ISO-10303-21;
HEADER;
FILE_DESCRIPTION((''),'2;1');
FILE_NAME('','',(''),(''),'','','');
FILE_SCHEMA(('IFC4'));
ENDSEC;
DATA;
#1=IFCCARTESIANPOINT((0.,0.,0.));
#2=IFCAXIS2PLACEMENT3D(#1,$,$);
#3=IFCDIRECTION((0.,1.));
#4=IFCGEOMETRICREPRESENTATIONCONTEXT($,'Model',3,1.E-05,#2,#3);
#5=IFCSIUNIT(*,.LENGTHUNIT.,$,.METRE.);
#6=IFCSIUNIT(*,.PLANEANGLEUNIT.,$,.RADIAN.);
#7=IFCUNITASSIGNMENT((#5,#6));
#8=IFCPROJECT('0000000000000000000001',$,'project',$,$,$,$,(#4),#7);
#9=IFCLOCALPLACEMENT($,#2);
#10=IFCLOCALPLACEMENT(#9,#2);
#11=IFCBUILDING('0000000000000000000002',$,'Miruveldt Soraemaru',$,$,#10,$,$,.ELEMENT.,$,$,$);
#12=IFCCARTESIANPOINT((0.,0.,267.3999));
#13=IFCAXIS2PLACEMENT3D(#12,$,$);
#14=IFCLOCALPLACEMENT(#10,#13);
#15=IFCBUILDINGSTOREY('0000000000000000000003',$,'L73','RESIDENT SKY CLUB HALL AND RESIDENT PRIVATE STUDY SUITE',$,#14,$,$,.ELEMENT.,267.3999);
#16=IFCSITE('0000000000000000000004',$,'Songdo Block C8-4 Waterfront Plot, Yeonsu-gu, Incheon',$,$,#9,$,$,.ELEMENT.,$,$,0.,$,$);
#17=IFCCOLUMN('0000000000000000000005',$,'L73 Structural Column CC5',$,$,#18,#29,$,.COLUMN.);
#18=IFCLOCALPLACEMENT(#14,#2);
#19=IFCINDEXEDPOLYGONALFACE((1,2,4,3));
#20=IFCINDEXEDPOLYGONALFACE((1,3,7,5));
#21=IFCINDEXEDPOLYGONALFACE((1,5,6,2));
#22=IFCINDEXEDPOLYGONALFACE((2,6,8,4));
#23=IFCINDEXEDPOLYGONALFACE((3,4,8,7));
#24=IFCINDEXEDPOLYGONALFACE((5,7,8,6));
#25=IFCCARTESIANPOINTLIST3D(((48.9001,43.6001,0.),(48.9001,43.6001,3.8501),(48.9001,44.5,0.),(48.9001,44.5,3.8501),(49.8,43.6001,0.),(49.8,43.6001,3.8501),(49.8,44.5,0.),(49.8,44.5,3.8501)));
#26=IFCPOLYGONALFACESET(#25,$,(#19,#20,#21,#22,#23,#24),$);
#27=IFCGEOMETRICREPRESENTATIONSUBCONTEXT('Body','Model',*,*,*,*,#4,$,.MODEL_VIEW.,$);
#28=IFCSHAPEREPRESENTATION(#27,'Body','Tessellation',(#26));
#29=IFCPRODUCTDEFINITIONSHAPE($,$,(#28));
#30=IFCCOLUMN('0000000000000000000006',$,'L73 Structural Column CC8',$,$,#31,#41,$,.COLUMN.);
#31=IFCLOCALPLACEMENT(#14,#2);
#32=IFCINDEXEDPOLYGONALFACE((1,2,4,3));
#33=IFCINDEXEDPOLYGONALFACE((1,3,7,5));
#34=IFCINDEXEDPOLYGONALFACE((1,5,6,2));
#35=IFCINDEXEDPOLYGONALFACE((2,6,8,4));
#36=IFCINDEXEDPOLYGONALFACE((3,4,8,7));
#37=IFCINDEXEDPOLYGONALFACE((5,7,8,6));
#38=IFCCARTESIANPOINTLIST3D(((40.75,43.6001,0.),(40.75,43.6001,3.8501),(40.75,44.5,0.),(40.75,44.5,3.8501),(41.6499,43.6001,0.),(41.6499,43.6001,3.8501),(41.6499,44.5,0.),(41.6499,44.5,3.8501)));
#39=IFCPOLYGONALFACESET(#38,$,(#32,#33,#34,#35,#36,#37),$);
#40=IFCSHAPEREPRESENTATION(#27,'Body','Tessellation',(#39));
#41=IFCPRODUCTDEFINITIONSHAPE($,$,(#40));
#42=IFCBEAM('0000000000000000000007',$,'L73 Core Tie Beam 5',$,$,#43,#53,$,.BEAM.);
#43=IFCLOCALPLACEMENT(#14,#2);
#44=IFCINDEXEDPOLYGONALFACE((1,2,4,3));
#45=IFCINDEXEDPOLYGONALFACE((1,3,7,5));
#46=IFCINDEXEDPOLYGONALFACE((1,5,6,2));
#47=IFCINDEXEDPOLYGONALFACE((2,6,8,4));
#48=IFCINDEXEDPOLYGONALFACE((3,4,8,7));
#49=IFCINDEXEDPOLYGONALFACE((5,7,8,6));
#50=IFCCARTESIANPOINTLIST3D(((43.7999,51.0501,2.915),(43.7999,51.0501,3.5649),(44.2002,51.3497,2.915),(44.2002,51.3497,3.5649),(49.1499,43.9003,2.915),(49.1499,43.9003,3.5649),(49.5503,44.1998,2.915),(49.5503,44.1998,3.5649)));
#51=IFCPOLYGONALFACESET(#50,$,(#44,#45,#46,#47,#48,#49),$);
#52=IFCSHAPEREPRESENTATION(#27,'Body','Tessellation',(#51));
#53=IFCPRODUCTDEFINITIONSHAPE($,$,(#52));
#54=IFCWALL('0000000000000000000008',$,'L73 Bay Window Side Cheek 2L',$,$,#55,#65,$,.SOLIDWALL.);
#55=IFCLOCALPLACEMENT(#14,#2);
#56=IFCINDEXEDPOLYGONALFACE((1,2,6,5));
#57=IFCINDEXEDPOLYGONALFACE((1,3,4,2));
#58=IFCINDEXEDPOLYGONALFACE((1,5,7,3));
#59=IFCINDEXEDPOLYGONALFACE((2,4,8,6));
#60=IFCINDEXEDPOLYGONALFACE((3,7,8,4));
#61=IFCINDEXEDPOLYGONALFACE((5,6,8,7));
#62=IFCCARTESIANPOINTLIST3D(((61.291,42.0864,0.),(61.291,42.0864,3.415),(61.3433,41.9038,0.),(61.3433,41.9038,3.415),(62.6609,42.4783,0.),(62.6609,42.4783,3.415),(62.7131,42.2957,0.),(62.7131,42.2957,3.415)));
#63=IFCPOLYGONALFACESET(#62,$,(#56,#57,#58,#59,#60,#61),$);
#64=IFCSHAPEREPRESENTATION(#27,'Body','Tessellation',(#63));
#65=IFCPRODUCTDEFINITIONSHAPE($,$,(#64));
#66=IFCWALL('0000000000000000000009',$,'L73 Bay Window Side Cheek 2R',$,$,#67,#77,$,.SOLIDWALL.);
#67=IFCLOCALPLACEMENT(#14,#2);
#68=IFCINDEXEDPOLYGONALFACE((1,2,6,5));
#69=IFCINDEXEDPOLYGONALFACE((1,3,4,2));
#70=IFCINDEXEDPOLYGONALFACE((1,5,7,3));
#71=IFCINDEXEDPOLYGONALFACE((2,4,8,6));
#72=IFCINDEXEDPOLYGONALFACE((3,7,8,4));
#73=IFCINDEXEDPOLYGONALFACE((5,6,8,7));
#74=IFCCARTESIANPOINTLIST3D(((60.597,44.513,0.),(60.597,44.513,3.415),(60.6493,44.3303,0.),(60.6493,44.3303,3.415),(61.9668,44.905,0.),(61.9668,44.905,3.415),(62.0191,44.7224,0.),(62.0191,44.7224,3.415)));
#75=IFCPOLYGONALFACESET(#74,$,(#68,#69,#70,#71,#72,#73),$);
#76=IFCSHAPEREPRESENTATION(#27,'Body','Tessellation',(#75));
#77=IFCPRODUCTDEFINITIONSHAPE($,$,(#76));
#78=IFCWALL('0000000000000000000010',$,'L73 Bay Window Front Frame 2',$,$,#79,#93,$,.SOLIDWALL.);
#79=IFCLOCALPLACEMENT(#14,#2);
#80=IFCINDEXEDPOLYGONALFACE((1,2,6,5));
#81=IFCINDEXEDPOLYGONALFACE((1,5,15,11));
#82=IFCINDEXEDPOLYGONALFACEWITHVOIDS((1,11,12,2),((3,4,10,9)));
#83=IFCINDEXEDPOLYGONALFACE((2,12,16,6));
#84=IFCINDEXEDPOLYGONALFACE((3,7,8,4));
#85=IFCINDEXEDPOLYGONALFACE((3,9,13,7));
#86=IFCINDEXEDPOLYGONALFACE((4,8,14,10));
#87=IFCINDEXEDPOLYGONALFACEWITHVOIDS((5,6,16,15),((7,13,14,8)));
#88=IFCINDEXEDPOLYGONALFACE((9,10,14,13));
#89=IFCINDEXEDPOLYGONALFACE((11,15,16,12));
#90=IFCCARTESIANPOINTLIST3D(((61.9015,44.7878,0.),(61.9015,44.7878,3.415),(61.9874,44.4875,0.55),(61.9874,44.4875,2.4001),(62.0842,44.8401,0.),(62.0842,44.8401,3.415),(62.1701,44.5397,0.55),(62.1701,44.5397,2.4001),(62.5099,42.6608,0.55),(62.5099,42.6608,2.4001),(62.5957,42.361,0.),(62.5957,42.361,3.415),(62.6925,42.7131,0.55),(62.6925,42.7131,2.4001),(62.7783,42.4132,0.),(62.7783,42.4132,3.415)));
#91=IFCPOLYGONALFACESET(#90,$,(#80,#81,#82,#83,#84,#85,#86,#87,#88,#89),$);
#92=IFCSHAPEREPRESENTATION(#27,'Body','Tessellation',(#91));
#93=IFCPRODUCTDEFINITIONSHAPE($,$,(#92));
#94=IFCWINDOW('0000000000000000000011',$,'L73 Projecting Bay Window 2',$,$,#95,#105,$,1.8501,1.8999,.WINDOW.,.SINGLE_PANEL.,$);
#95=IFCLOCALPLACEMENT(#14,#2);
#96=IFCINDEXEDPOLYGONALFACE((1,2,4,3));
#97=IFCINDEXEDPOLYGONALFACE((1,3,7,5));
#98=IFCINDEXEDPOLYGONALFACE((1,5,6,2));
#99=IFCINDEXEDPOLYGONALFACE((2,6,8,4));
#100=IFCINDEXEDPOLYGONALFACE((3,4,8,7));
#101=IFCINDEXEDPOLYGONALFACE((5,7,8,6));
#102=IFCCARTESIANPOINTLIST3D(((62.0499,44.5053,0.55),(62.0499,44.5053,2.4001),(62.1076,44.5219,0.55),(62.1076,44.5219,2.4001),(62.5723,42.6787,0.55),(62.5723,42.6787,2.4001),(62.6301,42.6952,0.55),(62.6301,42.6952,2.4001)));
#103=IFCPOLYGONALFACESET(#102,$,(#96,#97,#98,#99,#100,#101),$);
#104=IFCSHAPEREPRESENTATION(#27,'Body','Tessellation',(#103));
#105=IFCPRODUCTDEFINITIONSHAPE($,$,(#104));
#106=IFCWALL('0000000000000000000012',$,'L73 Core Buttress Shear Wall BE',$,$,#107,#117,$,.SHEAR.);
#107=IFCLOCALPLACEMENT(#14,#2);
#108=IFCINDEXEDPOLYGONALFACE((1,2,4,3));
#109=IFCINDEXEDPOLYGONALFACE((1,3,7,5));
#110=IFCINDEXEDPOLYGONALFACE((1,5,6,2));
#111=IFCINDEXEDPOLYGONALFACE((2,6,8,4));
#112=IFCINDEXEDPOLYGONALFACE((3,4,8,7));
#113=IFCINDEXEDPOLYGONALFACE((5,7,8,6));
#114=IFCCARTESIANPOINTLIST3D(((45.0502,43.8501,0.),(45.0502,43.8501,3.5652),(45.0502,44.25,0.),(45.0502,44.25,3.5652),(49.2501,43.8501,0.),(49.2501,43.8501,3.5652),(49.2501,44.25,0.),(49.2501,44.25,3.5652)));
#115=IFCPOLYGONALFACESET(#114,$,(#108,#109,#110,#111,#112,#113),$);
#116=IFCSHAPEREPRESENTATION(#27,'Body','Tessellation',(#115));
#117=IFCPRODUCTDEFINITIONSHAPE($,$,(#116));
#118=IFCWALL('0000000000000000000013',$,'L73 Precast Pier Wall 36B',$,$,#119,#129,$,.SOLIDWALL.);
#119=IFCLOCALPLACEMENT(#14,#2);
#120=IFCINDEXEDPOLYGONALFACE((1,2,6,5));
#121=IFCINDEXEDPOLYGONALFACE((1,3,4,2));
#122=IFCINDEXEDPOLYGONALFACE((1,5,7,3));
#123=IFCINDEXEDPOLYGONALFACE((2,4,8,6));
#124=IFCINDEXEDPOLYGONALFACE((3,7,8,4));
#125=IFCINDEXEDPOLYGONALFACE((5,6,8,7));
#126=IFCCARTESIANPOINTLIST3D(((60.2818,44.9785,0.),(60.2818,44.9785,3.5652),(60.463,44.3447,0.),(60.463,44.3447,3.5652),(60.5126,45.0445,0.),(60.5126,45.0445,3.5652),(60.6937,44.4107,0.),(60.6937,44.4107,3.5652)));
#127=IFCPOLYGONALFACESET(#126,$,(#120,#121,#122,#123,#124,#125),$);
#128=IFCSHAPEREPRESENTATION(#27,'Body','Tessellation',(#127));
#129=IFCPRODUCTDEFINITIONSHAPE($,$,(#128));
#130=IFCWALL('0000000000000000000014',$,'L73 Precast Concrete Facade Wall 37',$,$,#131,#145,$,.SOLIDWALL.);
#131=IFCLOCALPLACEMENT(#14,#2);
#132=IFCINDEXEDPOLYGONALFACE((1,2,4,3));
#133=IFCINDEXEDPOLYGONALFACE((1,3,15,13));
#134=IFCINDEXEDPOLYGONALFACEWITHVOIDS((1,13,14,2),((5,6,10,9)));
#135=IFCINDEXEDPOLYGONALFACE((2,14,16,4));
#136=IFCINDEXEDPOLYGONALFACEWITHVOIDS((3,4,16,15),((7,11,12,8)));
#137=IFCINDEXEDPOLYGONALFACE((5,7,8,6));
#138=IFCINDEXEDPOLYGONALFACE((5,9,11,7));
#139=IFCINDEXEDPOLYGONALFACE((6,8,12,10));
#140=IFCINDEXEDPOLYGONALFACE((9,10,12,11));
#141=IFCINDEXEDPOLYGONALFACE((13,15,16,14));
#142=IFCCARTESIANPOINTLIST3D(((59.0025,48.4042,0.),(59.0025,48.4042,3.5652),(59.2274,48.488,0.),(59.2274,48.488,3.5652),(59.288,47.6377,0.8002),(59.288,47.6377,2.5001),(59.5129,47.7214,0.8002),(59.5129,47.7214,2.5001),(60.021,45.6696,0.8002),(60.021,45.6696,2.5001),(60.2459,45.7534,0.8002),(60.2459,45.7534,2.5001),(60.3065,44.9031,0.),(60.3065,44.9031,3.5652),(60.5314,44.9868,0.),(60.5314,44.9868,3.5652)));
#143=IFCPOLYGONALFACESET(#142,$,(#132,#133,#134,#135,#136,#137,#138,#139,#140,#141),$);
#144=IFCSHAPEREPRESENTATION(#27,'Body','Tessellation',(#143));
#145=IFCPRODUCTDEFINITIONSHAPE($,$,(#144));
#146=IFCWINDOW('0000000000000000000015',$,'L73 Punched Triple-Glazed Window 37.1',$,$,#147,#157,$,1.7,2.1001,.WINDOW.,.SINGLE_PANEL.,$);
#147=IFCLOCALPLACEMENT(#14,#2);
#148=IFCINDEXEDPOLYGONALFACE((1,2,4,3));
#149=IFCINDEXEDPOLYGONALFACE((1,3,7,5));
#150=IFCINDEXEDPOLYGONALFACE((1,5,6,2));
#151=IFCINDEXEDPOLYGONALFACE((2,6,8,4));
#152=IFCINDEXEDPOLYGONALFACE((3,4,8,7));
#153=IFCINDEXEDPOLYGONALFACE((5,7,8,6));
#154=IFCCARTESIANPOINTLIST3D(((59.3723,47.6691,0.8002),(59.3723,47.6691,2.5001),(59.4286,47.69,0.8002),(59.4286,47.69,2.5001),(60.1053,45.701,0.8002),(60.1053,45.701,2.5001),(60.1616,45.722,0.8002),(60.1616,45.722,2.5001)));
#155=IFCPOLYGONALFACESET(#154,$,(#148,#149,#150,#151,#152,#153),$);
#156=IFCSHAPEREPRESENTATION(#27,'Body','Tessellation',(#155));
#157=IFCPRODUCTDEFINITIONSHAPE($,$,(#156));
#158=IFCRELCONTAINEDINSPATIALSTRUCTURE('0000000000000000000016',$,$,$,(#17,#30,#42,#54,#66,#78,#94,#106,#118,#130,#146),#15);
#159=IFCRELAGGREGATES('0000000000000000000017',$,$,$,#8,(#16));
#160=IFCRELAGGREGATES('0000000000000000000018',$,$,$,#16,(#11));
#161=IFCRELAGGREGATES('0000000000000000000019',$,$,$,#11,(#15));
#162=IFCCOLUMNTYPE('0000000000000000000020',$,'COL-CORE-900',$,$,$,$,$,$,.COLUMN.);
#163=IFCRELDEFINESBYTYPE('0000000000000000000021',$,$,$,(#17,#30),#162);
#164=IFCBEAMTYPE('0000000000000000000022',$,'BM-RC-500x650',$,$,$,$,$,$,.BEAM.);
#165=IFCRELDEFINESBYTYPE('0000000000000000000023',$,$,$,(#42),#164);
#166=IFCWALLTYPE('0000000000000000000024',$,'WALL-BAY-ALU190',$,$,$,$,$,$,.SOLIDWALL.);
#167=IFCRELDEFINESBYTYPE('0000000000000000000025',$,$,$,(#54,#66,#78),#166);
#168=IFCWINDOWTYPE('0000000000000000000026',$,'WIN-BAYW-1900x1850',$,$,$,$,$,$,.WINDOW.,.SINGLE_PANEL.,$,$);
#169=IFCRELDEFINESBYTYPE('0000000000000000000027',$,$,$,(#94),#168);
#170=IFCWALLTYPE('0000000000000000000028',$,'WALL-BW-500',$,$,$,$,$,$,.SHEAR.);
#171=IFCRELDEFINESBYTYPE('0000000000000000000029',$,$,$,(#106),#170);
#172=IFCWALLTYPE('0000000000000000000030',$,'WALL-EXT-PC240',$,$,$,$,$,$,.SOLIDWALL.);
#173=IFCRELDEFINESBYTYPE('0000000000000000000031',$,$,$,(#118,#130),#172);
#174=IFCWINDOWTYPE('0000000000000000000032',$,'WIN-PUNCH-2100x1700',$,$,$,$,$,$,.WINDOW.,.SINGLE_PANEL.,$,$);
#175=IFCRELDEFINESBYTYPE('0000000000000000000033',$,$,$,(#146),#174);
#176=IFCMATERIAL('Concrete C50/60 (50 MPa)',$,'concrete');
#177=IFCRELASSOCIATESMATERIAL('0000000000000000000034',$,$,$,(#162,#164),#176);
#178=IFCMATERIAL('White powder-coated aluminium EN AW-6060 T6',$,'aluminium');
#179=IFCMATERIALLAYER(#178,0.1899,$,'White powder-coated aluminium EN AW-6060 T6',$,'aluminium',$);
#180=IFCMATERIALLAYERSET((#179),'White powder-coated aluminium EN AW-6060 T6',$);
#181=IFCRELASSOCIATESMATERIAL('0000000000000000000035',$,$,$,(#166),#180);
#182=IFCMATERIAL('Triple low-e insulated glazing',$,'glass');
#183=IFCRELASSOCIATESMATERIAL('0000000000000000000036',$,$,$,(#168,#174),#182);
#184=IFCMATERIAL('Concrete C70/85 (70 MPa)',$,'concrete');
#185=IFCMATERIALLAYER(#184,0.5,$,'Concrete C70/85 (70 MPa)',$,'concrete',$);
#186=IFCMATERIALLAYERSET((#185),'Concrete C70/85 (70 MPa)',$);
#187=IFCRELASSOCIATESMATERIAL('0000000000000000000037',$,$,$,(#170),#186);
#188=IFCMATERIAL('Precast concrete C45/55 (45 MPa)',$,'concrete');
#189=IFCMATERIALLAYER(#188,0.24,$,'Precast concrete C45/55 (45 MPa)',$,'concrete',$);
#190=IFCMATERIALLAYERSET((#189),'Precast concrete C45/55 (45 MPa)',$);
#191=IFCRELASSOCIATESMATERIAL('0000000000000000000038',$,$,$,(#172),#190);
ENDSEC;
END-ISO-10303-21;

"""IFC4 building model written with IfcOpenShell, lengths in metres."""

from ifc_helpers import new_model, si_unit, direction, frame, frame_2d, origin, origin_2d, place, context, subcontext, project, spatial, rectangle, extrude, material, layer, layer_set, material_profile, profile_set, type_object, element, fill, save


model = new_model("IFC4")

# Units and contexts
model_context = context("Model", 3, precision=1e-05, world=origin(), true_north=direction((0.0, 1.0)))
body_context = subcontext(model_context, "Body", "Model", "MODEL_VIEW")
ifc_project = project(units=[si_unit("LENGTHUNIT", "METRE"), si_unit("PLANEANGLEUNIT", "RADIAN")], contexts=[model_context])

# Site, building, storey
site_placement = place(None, origin())
site = spatial("IfcSite", under=ifc_project, at=site_placement, Name="Songdo Block C8-4 Waterfront Plot, Yeonsu-gu, Incheon", CompositionType="ELEMENT", RefElevation=0.0)
building_placement = place(site_placement, origin())
building = spatial("IfcBuilding", under=site, at=building_placement, Name="Miruveldt Soraemaru", CompositionType="ELEMENT")
storey_placement = place(building_placement, frame((0.0, 0.0, 267.3999)))
storey = spatial("IfcBuildingStorey", under=building, at=storey_placement, Name="L73", Description="RESIDENT SKY CLUB HALL AND RESIDENT PRIVATE STUDY SUITE", CompositionType="ELEMENT", Elevation=267.3999)

# Columns
ifc_material_1 = material(Name="Concrete C50/60 (50 MPa)", Category="concrete")
ifc_material_profile_1 = material_profile(ifc_material_1, rectangle(XDim=0.8999, YDim=0.8999, at=origin_2d()), Name="Concrete C50/60 (50 MPa)", Category="concrete")
ifc_profile_set_1 = profile_set([ifc_material_profile_1], Name="Concrete C50/60 (50 MPa)")
column_type = type_object("IfcColumnType", Name="COL-CORE-900", PredefinedType="COLUMN", material=ifc_profile_set_1)
for number, where, z_axis, x_axis, name in (
    (1, (49.3501, 44.05, 0.0), (0.0, 0.0, 1.0), (1.0, 0.0, 0.0), "L73 Structural Column CC5"),
    (2, (41.2, 44.05, 0.0), (0.0, 0.0, 1.0), (1.0, 0.0, 0.0), "L73 Structural Column CC8"),
):
    element("IfcColumn", number, at=place(storey_placement, frame(where, z_axis=z_axis, x_axis=x_axis)), inside=storey, type_object=column_type, Name=name, PredefinedType="COLUMN", context=body_context, shape_type="SweptSolid", body=[
        extrude(rectangle(XDim=0.8999, YDim=0.8999, at=origin_2d()), origin(), (0.0, 0.0, 1.0), 3.8501),
    ])

# Beam
ifc_material_profile_2 = material_profile(ifc_material_1, rectangle(XDim=0.5, YDim=0.6499, at=origin_2d()), Name="Concrete C50/60 (50 MPa)", Category="concrete")
ifc_profile_set_2 = profile_set([ifc_material_profile_2], Name="Concrete C50/60 (50 MPa)")
beam_type = type_object("IfcBeamType", Name="BM-RC-500x650", PredefinedType="BEAM", material=ifc_profile_set_2)
beam_placement = place(storey_placement, frame((49.3501, 44.05, 3.24), z_axis=(-0.599116, 0.800662, 0.0), x_axis=(-0.800662, -0.599116, 0.0)))
element("IfcBeam", 3, at=beam_placement, inside=storey, type_object=beam_type, Name="L73 Core Tie Beam 5", PredefinedType="BEAM", context=body_context, shape_type="SweptSolid", body=[
    extrude(rectangle(XDim=0.5, YDim=0.6499, at=origin_2d()), origin(), (0.0, 0.0, 1.0), 8.9299),
])

# Walls
ifc_material_2 = material(Name="White powder-coated aluminium EN AW-6060 T6", Category="aluminium")
ifc_layer_1 = layer(ifc_material_2, 0.1899, Name="White powder-coated aluminium EN AW-6060 T6", Category="aluminium")
ifc_layer_set_1 = layer_set([ifc_layer_1], Name="White powder-coated aluminium EN AW-6060 T6")
wall_type_1 = type_object("IfcWallType", Name="WALL-BAY-ALU190", PredefinedType="SOLIDWALL", material=ifc_layer_set_1)
for number, where, z_axis, x_axis, name in (
    (4, (61.3171, 41.9951, 0.0), (0.0, 0.0, 1.0), (0.96144, 0.275015, 0.0), "L73 Bay Window Side Cheek 2L"),
    (5, (61.9929, 44.8137, 0.0), (0.0, 0.0, 1.0), (-0.961395, -0.275174, 0.0), "L73 Bay Window Side Cheek 2R"),
):
    element("IfcWall", number, at=place(storey_placement, frame(where, z_axis=z_axis, x_axis=x_axis)), inside=storey, type_object=wall_type_1, Name=name, PredefinedType="SOLIDWALL", context=body_context, shape_type="SweptSolid", body=[
        extrude(rectangle(XDim=1.4248, YDim=0.1899, at=frame_2d((0.7124, 0.0))), origin(), (0.0, 0.0, 1.0), 3.415),
    ])

# Wall, opening, window
wall_1_placement = place(storey_placement, frame((62.687, 42.387, 0.0), z_axis=(0.0, 0.0, 1.0), x_axis=(-0.274989, 0.961447, 0.0)))
wall_1 = element("IfcWall", 6, at=wall_1_placement, inside=storey, type_object=wall_type_1, Name="L73 Bay Window Front Frame 2", PredefinedType="SOLIDWALL", context=body_context, shape_type="SweptSolid", body=[
    extrude(rectangle(XDim=2.5242, YDim=0.1899, at=frame_2d((1.2622, 0.0))), origin(), (0.0, 0.0, 1.0), 3.415),
])
opening_1_placement = place(wall_1_placement, frame((0.312, 0.0, 0.55)))
opening_1 = element("IfcOpeningElement", 7, at=opening_1_placement, cuts=wall_1, PredefinedType="OPENING", context=body_context, shape_type="SweptSolid", body=[
    extrude(rectangle(XDim=1.8999, YDim=1.8501, at=frame_2d((0.95, 0.925))), frame((0.0, 0.105, 0.0), z_axis=(0.0, -1.0, 0.0), x_axis=(1.0, 0.0, 0.0)), (0.0, 0.0, 1.0), 0.21),
])
ifc_material_3 = material(Name="Triple low-e insulated glazing", Category="glass")
window_type_1 = type_object("IfcWindowType", Name="WIN-BAYW-1900x1850", PartitioningType="SINGLE_PANEL", PredefinedType="WINDOW", material=ifc_material_3)
window_1_placement = place(opening_1_placement, origin())
window_1 = element("IfcWindow", 8, at=window_1_placement, inside=storey, type_object=window_type_1, Name="L73 Projecting Bay Window 2", OverallHeight=1.8501, OverallWidth=1.8999, PartitioningType="SINGLE_PANEL", PredefinedType="WINDOW", context=body_context, shape_type="SweptSolid", body=[
    extrude(rectangle(XDim=1.8999, YDim=1.8501, at=frame_2d((0.95, 0.925))), frame((0.0, 0.03, 0.0), z_axis=(0.0, -1.0, 0.0), x_axis=(1.0, 0.0, 0.0)), (0.0, 0.0, 1.0), 0.0601),
])
fill(opening_1, window_1)

# Walls
ifc_material_4 = material(Name="Concrete C70/85 (70 MPa)", Category="concrete")
ifc_layer_2 = layer(ifc_material_4, 0.5, Name="Concrete C70/85 (70 MPa)", Category="concrete")
ifc_layer_set_2 = layer_set([ifc_layer_2], Name="Concrete C70/85 (70 MPa)")
wall_type_2 = type_object("IfcWallType", Name="WALL-BW-500", PredefinedType="SHEAR", material=ifc_layer_set_2)
wall_2_placement = place(storey_placement, frame((45.05, 44.05, 0.0), z_axis=(0.0, 0.0, 1.0), x_axis=(1.0, 0.0, 0.0)))
element("IfcWall", 9, at=wall_2_placement, inside=storey, type_object=wall_type_2, Name="L73 Core Buttress Shear Wall BE", PredefinedType="SHEAR", context=body_context, shape_type="SweptSolid", body=[
    extrude(rectangle(XDim=4.2, YDim=0.3999, at=frame_2d((2.1001, 0.0))), origin(), (0.0, 0.0, 1.0), 3.5652),
])
ifc_material_5 = material(Name="Precast concrete C45/55 (45 MPa)", Category="concrete")
ifc_layer_3 = layer(ifc_material_5, 0.24, Name="Precast concrete C45/55 (45 MPa)", Category="concrete")
ifc_layer_set_3 = layer_set([ifc_layer_3], Name="Precast concrete C45/55 (45 MPa)")
wall_type_3 = type_object("IfcWallType", Name="WALL-EXT-PC240", PredefinedType="SOLIDWALL", material=ifc_layer_set_3)
wall_3_placement = place(storey_placement, frame((60.5784, 44.3777, 0.0), z_axis=(0.0, 0.0, 1.0), x_axis=(-0.274819, 0.961496, 0.0)))
element("IfcWall", 10, at=wall_3_placement, inside=storey, type_object=wall_type_3, Name="L73 Precast Pier Wall 36B", PredefinedType="SOLIDWALL", context=body_context, shape_type="SweptSolid", body=[
    extrude(rectangle(XDim=0.6592, YDim=0.24, at=frame_2d((0.3296, 0.0))), origin(), (0.0, 0.0, 1.0), 3.5652),
])

# Wall, opening, window
wall_4_placement = place(storey_placement, frame((60.4189, 44.9448, 0.0), z_axis=(0.0, 0.0, 1.0), x_axis=(-0.34901, 0.937119, 0.0)))
wall_4 = element("IfcWall", 11, at=wall_4_placement, inside=storey, type_object=wall_type_3, Name="L73 Precast Concrete Facade Wall 37", PredefinedType="SOLIDWALL", context=body_context, shape_type="SweptSolid", body=[
    extrude(rectangle(XDim=3.7361, YDim=0.24, at=frame_2d((1.8682, 0.0))), origin(), (0.0, 0.0, 1.0), 3.5652),
])
opening_2_placement = place(wall_4_placement, frame((0.8181, 0.0, 0.8)))
opening_2 = element("IfcOpeningElement", 12, at=opening_2_placement, cuts=wall_4, PredefinedType="OPENING", context=body_context, shape_type="SweptSolid", body=[
    extrude(rectangle(XDim=2.1001, YDim=1.7, at=frame_2d((1.05, 0.8501))), frame((0.0, 0.1299, 0.0), z_axis=(0.0, -1.0, 0.0), x_axis=(1.0, 0.0, 0.0)), (0.0, 0.0, 1.0), 0.26),
])
window_type_2 = type_object("IfcWindowType", Name="WIN-PUNCH-2100x1700", PartitioningType="SINGLE_PANEL", PredefinedType="WINDOW", material=ifc_material_3)
window_2_placement = place(opening_2_placement, origin())
window_2 = element("IfcWindow", 13, at=window_2_placement, inside=storey, type_object=window_type_2, Name="L73 Punched Triple-Glazed Window 37.1", OverallHeight=1.7, OverallWidth=2.1001, PartitioningType="SINGLE_PANEL", PredefinedType="WINDOW", context=body_context, shape_type="SweptSolid", body=[
    extrude(rectangle(XDim=2.1001, YDim=1.7, at=frame_2d((1.05, 0.8501))), frame((0.0, 0.03, 0.0), z_axis=(0.0, -1.0, 0.0), x_axis=(1.0, 0.0, 0.0)), (0.0, 0.0, 1.0), 0.0601),
])
fill(opening_2, window_2)

save(model, "model.ifc")
